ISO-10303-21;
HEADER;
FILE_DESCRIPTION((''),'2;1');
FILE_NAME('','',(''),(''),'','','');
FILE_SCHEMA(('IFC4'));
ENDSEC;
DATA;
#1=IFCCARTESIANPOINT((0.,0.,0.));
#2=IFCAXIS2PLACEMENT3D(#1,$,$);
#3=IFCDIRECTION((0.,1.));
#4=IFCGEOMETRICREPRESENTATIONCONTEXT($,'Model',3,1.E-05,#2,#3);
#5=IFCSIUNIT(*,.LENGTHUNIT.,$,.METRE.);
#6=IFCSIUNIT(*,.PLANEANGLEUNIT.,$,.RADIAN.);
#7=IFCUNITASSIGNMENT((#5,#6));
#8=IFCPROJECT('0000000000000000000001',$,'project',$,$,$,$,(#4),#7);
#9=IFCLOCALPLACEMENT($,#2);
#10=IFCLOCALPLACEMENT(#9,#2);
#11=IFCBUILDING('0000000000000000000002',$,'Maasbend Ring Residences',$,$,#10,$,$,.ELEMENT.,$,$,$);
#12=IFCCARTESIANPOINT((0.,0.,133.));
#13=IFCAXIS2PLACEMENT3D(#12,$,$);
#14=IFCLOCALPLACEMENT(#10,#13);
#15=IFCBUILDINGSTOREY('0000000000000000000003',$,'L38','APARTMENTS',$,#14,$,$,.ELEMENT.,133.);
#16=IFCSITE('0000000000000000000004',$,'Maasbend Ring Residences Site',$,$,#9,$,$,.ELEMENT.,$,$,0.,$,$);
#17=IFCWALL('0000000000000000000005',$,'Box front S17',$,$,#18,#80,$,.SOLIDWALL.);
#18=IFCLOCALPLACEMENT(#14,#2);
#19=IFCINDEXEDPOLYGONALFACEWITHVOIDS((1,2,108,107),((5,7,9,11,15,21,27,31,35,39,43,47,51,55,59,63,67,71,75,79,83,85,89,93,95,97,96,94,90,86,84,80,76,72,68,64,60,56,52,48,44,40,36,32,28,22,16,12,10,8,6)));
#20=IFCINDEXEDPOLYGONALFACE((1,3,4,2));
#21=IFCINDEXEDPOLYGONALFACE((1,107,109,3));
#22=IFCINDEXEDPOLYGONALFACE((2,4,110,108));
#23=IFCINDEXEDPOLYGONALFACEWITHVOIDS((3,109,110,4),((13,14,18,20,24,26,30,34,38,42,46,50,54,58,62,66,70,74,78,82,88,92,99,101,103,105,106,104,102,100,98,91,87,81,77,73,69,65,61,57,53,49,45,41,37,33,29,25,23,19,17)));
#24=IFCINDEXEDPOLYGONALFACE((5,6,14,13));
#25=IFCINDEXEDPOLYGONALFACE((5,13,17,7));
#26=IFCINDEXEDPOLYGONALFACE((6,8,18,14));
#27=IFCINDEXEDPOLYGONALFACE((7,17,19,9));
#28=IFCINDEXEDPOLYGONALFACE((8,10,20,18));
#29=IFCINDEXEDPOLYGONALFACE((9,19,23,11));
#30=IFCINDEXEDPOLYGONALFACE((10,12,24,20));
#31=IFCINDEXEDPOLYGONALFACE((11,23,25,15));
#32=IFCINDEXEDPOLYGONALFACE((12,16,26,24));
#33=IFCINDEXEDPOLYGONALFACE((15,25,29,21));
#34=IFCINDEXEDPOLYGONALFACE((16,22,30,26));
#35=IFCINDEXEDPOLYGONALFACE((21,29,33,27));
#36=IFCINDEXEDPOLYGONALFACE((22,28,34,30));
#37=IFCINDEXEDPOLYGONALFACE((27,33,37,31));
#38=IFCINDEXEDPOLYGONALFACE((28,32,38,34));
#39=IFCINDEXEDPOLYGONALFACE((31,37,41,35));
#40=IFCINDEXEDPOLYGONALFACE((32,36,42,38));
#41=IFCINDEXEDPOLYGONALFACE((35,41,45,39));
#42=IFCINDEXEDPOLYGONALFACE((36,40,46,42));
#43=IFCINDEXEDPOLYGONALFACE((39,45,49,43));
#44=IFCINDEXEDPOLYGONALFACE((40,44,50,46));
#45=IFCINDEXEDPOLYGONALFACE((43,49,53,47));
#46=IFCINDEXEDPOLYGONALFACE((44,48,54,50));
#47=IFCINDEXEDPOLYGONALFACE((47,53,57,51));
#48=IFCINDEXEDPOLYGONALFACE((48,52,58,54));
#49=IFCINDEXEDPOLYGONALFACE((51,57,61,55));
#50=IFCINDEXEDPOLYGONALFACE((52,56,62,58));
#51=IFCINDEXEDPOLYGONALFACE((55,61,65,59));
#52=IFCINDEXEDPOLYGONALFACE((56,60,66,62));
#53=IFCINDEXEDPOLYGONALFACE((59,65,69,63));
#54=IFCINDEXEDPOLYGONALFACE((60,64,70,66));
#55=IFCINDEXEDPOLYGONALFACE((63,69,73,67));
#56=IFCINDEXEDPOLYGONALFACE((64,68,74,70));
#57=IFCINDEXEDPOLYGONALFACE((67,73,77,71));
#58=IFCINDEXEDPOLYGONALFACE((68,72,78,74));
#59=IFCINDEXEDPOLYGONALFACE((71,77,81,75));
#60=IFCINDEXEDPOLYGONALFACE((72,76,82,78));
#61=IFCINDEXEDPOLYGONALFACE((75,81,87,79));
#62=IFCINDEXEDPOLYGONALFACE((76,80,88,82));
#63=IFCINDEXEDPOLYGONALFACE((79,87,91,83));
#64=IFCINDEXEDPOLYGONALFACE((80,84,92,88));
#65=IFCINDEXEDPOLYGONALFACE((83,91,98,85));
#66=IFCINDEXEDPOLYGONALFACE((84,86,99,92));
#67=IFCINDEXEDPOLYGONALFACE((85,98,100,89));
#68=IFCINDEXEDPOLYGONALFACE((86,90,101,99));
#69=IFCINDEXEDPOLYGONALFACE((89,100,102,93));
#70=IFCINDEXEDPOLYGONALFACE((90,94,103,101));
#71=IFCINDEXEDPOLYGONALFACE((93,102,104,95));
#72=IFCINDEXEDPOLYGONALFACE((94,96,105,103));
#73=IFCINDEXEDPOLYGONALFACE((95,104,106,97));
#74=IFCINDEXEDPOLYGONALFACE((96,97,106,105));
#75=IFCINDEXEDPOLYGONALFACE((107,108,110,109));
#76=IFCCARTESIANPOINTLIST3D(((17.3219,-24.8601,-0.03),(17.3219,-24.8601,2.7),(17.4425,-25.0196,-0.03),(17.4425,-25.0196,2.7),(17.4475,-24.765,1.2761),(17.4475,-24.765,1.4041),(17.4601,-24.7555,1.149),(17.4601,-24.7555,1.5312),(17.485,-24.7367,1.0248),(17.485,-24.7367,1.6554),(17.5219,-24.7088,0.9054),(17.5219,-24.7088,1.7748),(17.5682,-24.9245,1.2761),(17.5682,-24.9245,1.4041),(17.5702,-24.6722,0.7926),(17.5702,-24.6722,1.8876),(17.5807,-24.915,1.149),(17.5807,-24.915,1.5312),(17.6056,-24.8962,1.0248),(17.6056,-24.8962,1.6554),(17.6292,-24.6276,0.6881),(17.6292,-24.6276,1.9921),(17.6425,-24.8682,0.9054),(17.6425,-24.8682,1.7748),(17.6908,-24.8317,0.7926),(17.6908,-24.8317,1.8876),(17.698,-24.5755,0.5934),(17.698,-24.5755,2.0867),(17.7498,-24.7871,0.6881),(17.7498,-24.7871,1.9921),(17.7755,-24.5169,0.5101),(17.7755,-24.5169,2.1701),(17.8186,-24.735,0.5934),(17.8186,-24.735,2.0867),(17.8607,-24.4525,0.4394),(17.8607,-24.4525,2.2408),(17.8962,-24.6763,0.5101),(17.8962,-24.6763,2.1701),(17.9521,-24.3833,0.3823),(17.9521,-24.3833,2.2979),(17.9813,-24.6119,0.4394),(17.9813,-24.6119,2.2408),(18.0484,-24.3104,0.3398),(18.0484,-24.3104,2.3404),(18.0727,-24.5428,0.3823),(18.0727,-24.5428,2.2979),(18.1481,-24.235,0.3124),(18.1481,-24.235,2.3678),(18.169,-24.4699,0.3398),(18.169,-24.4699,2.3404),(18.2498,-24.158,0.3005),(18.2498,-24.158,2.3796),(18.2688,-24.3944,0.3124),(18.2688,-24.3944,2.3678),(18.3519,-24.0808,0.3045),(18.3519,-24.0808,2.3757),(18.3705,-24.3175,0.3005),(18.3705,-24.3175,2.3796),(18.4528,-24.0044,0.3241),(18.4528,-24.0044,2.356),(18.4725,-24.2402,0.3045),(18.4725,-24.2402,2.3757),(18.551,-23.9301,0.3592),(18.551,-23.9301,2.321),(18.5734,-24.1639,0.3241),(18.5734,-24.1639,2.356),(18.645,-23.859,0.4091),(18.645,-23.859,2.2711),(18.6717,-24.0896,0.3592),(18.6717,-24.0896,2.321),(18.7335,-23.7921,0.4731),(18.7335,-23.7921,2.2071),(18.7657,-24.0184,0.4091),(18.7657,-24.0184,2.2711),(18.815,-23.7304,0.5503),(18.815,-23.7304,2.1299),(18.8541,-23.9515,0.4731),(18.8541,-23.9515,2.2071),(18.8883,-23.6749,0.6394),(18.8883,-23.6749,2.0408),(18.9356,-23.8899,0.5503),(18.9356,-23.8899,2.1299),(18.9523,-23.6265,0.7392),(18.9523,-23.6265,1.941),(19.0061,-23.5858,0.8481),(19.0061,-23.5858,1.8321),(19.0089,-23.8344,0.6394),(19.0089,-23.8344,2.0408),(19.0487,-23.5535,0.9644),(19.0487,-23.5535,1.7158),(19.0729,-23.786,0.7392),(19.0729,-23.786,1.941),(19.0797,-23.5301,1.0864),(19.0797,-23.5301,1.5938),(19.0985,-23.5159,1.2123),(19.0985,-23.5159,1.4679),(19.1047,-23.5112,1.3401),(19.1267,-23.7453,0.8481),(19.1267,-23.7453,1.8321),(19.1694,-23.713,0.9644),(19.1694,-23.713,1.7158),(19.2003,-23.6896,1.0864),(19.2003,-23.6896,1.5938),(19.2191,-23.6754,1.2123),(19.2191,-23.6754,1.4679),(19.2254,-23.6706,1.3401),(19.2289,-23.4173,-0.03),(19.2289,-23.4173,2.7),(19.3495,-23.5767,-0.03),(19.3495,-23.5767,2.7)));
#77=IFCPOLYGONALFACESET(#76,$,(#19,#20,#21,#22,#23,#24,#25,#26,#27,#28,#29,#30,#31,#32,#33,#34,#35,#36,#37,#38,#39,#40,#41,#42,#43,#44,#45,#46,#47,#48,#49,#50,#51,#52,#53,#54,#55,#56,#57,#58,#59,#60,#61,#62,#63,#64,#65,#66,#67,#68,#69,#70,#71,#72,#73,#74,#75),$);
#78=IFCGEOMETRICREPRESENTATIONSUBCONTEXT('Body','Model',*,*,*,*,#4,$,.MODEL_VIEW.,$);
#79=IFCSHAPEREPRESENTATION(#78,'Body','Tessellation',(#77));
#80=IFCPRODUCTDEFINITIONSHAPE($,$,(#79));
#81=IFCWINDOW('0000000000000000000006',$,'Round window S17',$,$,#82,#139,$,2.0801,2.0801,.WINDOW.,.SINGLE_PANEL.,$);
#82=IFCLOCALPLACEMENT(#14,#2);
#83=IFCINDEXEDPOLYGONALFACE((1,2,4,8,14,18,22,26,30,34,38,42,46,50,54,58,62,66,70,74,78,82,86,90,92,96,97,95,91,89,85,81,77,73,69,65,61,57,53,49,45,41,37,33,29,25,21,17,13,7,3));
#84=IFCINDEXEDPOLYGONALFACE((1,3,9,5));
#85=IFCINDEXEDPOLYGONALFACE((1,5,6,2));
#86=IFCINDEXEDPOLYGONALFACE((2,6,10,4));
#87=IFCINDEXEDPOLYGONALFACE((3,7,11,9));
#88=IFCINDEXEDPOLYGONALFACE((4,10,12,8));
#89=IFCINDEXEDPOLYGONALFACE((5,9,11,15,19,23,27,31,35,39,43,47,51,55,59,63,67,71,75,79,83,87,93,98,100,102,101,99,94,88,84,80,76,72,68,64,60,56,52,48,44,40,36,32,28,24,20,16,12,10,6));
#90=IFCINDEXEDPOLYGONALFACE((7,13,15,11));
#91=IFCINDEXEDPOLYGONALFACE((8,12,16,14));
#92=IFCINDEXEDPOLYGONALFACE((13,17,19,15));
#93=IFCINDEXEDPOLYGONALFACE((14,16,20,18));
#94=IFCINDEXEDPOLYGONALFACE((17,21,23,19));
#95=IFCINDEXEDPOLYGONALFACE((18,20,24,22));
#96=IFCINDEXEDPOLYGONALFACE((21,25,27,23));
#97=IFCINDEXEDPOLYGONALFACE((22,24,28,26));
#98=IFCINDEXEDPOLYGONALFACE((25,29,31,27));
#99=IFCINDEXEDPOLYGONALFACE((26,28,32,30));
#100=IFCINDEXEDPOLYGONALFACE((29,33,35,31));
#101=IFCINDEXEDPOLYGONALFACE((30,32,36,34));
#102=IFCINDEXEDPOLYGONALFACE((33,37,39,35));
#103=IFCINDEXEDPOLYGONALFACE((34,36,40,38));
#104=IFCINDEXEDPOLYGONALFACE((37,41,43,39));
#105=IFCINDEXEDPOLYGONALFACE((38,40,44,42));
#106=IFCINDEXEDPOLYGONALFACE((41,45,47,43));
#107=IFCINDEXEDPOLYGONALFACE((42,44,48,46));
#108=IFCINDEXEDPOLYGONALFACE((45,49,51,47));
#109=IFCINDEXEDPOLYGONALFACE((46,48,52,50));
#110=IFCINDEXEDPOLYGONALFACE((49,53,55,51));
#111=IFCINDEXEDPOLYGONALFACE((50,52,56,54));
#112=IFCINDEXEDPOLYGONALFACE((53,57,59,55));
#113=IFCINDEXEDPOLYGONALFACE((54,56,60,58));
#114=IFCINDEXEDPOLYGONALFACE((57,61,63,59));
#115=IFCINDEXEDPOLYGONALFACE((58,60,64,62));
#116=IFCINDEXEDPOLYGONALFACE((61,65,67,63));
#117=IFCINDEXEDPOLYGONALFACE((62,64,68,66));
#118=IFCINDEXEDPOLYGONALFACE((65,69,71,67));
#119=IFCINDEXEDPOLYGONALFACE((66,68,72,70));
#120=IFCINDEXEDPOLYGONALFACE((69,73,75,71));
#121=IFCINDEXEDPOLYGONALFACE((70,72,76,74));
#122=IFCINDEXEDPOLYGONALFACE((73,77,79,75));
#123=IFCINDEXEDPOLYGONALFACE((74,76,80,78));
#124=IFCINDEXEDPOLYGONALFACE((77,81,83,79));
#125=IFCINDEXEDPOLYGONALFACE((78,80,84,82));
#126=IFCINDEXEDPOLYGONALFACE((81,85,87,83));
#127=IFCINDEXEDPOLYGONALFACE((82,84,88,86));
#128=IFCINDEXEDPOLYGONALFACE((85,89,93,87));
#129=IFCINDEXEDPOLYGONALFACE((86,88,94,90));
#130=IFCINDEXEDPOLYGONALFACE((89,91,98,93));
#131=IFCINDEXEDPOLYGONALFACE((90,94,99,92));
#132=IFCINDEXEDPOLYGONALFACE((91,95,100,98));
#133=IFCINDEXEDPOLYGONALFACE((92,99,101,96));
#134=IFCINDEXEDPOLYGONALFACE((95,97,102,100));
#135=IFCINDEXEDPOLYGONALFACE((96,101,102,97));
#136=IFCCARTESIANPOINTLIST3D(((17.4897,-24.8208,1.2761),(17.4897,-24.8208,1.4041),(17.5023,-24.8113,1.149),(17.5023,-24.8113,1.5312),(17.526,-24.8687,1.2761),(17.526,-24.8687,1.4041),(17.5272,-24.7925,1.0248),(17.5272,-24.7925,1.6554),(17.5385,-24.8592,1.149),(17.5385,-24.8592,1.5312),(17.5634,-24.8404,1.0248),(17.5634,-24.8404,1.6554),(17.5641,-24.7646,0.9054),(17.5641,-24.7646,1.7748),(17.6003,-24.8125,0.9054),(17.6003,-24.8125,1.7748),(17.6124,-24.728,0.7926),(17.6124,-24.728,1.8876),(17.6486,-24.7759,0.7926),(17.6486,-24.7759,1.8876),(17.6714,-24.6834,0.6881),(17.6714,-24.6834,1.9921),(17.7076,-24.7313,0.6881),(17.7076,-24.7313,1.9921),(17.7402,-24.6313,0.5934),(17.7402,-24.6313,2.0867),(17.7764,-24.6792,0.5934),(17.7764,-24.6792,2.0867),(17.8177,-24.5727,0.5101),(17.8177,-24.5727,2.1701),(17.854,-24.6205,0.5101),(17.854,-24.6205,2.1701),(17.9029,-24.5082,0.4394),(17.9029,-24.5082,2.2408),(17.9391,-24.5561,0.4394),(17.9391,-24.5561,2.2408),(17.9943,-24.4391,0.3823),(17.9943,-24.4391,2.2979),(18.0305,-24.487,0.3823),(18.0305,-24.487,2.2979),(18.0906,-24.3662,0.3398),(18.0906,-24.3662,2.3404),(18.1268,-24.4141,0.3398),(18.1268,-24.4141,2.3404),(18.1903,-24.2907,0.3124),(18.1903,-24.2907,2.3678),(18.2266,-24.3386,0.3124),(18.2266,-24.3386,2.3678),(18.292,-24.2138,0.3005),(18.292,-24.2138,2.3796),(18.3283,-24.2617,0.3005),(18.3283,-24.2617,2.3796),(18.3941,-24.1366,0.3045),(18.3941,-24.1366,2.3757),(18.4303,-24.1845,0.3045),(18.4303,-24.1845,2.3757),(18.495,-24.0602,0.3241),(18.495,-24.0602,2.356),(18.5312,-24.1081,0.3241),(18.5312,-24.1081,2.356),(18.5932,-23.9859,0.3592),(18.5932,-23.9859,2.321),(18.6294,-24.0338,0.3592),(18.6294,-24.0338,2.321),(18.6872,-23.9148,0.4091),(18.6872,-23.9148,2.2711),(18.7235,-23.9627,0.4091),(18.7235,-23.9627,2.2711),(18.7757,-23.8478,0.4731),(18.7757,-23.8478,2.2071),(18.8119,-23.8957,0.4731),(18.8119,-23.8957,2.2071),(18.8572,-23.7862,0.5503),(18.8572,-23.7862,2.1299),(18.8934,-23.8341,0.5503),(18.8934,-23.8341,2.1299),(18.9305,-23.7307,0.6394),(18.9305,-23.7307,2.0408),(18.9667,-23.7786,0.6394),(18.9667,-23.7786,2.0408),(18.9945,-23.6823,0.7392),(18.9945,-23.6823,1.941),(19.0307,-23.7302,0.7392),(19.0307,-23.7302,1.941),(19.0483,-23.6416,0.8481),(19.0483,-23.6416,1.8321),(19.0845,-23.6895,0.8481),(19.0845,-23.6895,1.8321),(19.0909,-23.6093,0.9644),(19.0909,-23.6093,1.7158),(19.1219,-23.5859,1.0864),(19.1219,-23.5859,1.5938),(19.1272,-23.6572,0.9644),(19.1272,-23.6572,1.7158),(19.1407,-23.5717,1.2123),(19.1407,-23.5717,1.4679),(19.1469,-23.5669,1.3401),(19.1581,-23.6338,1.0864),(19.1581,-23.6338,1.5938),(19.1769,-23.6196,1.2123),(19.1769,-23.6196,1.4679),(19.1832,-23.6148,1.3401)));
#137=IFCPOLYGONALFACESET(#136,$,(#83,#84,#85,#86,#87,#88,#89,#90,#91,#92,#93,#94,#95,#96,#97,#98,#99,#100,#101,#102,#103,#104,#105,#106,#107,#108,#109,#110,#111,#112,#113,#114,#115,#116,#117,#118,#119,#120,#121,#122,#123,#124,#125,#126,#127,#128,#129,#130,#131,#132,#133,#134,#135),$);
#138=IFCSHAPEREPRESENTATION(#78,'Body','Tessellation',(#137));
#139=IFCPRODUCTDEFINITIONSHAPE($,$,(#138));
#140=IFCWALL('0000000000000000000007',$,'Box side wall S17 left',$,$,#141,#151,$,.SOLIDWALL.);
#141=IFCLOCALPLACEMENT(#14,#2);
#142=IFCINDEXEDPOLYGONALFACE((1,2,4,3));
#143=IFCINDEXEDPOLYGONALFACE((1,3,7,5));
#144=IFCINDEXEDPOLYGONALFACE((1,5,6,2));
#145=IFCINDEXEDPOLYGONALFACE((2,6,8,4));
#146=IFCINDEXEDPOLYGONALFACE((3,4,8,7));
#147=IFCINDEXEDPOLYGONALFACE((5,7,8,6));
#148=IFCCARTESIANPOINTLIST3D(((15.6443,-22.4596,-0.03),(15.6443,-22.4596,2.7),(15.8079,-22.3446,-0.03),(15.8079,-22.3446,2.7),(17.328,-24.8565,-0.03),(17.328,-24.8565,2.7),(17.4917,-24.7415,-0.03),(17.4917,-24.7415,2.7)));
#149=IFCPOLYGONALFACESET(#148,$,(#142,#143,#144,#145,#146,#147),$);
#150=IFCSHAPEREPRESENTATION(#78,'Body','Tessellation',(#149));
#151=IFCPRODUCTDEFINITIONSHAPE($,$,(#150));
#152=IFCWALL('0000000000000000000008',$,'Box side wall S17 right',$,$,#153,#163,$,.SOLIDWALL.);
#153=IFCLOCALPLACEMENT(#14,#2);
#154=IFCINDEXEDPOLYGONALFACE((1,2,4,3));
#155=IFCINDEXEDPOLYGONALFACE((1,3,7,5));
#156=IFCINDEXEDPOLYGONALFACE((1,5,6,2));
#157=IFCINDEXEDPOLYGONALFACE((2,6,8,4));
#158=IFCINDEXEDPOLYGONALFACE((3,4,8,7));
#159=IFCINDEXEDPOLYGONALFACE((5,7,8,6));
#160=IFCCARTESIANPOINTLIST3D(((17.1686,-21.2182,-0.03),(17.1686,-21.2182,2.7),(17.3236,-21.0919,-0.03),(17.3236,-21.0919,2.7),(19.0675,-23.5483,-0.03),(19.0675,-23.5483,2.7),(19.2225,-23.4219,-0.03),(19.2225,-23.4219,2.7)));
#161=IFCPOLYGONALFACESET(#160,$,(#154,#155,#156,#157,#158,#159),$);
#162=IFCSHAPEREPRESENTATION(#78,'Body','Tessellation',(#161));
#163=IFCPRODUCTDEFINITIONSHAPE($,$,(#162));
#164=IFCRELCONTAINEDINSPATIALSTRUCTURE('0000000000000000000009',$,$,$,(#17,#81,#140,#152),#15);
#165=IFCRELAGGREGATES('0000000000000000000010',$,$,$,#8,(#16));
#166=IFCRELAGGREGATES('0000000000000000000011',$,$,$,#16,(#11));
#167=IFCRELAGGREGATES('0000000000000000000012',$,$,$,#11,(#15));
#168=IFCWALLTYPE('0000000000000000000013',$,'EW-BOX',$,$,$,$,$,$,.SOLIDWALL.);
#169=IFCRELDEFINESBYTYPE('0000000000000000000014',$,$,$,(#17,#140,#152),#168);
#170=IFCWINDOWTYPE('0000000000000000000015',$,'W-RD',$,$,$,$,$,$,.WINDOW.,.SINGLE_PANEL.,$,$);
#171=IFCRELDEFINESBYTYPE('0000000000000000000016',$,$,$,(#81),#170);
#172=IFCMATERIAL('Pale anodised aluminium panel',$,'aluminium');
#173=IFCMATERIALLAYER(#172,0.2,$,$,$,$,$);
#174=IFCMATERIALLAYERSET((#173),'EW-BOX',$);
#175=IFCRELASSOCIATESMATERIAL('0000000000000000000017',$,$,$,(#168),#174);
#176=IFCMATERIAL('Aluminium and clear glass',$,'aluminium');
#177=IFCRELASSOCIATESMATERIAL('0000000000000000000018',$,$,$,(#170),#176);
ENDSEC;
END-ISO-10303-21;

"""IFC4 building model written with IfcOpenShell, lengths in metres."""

from ifc_helpers import new_model, si_unit, direction, frame, frame_2d, origin, place, context, subcontext, project, spatial, rectangle, circle, extrude, material, layer, layer_set, type_object, element, fill, save


model = new_model("IFC4")

# Units and contexts
model_context = context("Model", 3, precision=1e-05, world=origin(), true_north=direction((0.0, 1.0)))
body_context = subcontext(model_context, "Body", "Model", "MODEL_VIEW")
ifc_project = project(units=[si_unit("LENGTHUNIT", "METRE"), si_unit("PLANEANGLEUNIT", "RADIAN")], contexts=[model_context])

# Site, building, storey
site_placement = place(None, origin())
site = spatial("IfcSite", under=ifc_project, at=site_placement, Name="Maasbend Ring Residences Site", CompositionType="ELEMENT", RefElevation=0.0)
building_placement = place(site_placement, origin())
building = spatial("IfcBuilding", under=site, at=building_placement, Name="Maasbend Ring Residences", CompositionType="ELEMENT")
storey_placement = place(building_placement, frame((0.0, 0.0, 133.0)))
storey = spatial("IfcBuildingStorey", under=building, at=storey_placement, Name="L38", Description="APARTMENTS", CompositionType="ELEMENT", Elevation=133.0)

# Shared definitions
ifc_material_1 = material(Name="Pale anodised aluminium panel", Category="aluminium")
ifc_layer_1 = layer(ifc_material_1, 0.2)
ifc_layer_set_1 = layer_set([ifc_layer_1], Name="EW-BOX")
wall_type_1 = type_object("IfcWallType", Name="EW-BOX", PredefinedType="SOLIDWALL", material=ifc_layer_set_1)
ifc_material_2 = material(Name="Aluminium and clear glass", Category="aluminium")
window_type_1 = type_object("IfcWindowType", Name="W-RD", PartitioningType="SINGLE_PANEL", PredefinedType="WINDOW", material=ifc_material_2)

# Wall, opening, window
wall_1_placement = place(storey_placement, frame((17.3821, -24.9399, -0.03), z_axis=(0.0, 0.0, 1.0), x_axis=(0.797457, 0.603376, 0.0)))
wall_1 = element("IfcWall", 1, at=wall_1_placement, inside=storey, type_object=wall_type_1, Name="Box front S17", PredefinedType="SOLIDWALL", context=body_context, shape_type="SweptSolid", body=[
    extrude(rectangle(XDim=2.3914, YDim=0.2, at=frame_2d((1.1958, 0.0))), origin(), (0.0, 0.0, 1.0), 2.73),
])
opening_1_placement = place(wall_1_placement, frame((0.1558, 0.0, 0.3301)))
opening_1 = element("IfcOpeningElement", 2, at=opening_1_placement, cuts=wall_1, PredefinedType="OPENING", context=body_context, shape_type="SweptSolid", body=[
    extrude(circle(Radius=1.04, at=frame_2d((1.04, 1.04))), frame((0.0, 0.1099, 0.0), z_axis=(0.0, -1.0, 0.0), x_axis=(1.0, 0.0, 0.0)), (0.0, 0.0, 1.0), 0.22),
])
window_1_placement = place(opening_1_placement, origin())
window_1 = element("IfcWindow", 3, at=window_1_placement, inside=storey, type_object=window_type_1, Name="Round window S17", OverallHeight=2.0801, OverallWidth=2.0801, PartitioningType="SINGLE_PANEL", PredefinedType="WINDOW", context=body_context, shape_type="SweptSolid", body=[
    extrude(circle(Radius=1.04, at=frame_2d((1.04, 1.04))), frame((0.0, 0.03, 0.0), z_axis=(0.0, -1.0, 0.0), x_axis=(1.0, 0.0, 0.0)), (0.0, 0.0, 1.0), 0.0601),
])
fill(opening_1, window_1)

# Walls
wall_2_placement = place(storey_placement, frame((15.7261, -22.4021, -0.03), z_axis=(0.0, 0.0, 1.0), x_axis=(0.574826, -0.818275, 0.0)))
element("IfcWall", 4, at=wall_2_placement, inside=storey, type_object=wall_type_1, Name="Box side wall S17 left", PredefinedType="SOLIDWALL", context=body_context, shape_type="SweptSolid", body=[
    extrude(rectangle(XDim=2.9292, YDim=0.2, at=frame_2d((1.4646, 0.0))), origin(), (0.0, 0.0, 1.0), 2.73),
])
wall_3_placement = place(storey_placement, frame((17.2461, -21.155, -0.03), z_axis=(0.0, 0.0, 1.0), x_axis=(0.631742, -0.775179, 0.0)))
element("IfcWall", 5, at=wall_3_placement, inside=storey, type_object=wall_type_1, Name="Box side wall S17 right", PredefinedType="SOLIDWALL", context=body_context, shape_type="SweptSolid", body=[
    extrude(rectangle(XDim=3.0059, YDim=0.2, at=frame_2d((1.5029, 0.0))), origin(), (0.0, 0.0, 1.0), 2.73),
])

save(model, "model.ifc")
